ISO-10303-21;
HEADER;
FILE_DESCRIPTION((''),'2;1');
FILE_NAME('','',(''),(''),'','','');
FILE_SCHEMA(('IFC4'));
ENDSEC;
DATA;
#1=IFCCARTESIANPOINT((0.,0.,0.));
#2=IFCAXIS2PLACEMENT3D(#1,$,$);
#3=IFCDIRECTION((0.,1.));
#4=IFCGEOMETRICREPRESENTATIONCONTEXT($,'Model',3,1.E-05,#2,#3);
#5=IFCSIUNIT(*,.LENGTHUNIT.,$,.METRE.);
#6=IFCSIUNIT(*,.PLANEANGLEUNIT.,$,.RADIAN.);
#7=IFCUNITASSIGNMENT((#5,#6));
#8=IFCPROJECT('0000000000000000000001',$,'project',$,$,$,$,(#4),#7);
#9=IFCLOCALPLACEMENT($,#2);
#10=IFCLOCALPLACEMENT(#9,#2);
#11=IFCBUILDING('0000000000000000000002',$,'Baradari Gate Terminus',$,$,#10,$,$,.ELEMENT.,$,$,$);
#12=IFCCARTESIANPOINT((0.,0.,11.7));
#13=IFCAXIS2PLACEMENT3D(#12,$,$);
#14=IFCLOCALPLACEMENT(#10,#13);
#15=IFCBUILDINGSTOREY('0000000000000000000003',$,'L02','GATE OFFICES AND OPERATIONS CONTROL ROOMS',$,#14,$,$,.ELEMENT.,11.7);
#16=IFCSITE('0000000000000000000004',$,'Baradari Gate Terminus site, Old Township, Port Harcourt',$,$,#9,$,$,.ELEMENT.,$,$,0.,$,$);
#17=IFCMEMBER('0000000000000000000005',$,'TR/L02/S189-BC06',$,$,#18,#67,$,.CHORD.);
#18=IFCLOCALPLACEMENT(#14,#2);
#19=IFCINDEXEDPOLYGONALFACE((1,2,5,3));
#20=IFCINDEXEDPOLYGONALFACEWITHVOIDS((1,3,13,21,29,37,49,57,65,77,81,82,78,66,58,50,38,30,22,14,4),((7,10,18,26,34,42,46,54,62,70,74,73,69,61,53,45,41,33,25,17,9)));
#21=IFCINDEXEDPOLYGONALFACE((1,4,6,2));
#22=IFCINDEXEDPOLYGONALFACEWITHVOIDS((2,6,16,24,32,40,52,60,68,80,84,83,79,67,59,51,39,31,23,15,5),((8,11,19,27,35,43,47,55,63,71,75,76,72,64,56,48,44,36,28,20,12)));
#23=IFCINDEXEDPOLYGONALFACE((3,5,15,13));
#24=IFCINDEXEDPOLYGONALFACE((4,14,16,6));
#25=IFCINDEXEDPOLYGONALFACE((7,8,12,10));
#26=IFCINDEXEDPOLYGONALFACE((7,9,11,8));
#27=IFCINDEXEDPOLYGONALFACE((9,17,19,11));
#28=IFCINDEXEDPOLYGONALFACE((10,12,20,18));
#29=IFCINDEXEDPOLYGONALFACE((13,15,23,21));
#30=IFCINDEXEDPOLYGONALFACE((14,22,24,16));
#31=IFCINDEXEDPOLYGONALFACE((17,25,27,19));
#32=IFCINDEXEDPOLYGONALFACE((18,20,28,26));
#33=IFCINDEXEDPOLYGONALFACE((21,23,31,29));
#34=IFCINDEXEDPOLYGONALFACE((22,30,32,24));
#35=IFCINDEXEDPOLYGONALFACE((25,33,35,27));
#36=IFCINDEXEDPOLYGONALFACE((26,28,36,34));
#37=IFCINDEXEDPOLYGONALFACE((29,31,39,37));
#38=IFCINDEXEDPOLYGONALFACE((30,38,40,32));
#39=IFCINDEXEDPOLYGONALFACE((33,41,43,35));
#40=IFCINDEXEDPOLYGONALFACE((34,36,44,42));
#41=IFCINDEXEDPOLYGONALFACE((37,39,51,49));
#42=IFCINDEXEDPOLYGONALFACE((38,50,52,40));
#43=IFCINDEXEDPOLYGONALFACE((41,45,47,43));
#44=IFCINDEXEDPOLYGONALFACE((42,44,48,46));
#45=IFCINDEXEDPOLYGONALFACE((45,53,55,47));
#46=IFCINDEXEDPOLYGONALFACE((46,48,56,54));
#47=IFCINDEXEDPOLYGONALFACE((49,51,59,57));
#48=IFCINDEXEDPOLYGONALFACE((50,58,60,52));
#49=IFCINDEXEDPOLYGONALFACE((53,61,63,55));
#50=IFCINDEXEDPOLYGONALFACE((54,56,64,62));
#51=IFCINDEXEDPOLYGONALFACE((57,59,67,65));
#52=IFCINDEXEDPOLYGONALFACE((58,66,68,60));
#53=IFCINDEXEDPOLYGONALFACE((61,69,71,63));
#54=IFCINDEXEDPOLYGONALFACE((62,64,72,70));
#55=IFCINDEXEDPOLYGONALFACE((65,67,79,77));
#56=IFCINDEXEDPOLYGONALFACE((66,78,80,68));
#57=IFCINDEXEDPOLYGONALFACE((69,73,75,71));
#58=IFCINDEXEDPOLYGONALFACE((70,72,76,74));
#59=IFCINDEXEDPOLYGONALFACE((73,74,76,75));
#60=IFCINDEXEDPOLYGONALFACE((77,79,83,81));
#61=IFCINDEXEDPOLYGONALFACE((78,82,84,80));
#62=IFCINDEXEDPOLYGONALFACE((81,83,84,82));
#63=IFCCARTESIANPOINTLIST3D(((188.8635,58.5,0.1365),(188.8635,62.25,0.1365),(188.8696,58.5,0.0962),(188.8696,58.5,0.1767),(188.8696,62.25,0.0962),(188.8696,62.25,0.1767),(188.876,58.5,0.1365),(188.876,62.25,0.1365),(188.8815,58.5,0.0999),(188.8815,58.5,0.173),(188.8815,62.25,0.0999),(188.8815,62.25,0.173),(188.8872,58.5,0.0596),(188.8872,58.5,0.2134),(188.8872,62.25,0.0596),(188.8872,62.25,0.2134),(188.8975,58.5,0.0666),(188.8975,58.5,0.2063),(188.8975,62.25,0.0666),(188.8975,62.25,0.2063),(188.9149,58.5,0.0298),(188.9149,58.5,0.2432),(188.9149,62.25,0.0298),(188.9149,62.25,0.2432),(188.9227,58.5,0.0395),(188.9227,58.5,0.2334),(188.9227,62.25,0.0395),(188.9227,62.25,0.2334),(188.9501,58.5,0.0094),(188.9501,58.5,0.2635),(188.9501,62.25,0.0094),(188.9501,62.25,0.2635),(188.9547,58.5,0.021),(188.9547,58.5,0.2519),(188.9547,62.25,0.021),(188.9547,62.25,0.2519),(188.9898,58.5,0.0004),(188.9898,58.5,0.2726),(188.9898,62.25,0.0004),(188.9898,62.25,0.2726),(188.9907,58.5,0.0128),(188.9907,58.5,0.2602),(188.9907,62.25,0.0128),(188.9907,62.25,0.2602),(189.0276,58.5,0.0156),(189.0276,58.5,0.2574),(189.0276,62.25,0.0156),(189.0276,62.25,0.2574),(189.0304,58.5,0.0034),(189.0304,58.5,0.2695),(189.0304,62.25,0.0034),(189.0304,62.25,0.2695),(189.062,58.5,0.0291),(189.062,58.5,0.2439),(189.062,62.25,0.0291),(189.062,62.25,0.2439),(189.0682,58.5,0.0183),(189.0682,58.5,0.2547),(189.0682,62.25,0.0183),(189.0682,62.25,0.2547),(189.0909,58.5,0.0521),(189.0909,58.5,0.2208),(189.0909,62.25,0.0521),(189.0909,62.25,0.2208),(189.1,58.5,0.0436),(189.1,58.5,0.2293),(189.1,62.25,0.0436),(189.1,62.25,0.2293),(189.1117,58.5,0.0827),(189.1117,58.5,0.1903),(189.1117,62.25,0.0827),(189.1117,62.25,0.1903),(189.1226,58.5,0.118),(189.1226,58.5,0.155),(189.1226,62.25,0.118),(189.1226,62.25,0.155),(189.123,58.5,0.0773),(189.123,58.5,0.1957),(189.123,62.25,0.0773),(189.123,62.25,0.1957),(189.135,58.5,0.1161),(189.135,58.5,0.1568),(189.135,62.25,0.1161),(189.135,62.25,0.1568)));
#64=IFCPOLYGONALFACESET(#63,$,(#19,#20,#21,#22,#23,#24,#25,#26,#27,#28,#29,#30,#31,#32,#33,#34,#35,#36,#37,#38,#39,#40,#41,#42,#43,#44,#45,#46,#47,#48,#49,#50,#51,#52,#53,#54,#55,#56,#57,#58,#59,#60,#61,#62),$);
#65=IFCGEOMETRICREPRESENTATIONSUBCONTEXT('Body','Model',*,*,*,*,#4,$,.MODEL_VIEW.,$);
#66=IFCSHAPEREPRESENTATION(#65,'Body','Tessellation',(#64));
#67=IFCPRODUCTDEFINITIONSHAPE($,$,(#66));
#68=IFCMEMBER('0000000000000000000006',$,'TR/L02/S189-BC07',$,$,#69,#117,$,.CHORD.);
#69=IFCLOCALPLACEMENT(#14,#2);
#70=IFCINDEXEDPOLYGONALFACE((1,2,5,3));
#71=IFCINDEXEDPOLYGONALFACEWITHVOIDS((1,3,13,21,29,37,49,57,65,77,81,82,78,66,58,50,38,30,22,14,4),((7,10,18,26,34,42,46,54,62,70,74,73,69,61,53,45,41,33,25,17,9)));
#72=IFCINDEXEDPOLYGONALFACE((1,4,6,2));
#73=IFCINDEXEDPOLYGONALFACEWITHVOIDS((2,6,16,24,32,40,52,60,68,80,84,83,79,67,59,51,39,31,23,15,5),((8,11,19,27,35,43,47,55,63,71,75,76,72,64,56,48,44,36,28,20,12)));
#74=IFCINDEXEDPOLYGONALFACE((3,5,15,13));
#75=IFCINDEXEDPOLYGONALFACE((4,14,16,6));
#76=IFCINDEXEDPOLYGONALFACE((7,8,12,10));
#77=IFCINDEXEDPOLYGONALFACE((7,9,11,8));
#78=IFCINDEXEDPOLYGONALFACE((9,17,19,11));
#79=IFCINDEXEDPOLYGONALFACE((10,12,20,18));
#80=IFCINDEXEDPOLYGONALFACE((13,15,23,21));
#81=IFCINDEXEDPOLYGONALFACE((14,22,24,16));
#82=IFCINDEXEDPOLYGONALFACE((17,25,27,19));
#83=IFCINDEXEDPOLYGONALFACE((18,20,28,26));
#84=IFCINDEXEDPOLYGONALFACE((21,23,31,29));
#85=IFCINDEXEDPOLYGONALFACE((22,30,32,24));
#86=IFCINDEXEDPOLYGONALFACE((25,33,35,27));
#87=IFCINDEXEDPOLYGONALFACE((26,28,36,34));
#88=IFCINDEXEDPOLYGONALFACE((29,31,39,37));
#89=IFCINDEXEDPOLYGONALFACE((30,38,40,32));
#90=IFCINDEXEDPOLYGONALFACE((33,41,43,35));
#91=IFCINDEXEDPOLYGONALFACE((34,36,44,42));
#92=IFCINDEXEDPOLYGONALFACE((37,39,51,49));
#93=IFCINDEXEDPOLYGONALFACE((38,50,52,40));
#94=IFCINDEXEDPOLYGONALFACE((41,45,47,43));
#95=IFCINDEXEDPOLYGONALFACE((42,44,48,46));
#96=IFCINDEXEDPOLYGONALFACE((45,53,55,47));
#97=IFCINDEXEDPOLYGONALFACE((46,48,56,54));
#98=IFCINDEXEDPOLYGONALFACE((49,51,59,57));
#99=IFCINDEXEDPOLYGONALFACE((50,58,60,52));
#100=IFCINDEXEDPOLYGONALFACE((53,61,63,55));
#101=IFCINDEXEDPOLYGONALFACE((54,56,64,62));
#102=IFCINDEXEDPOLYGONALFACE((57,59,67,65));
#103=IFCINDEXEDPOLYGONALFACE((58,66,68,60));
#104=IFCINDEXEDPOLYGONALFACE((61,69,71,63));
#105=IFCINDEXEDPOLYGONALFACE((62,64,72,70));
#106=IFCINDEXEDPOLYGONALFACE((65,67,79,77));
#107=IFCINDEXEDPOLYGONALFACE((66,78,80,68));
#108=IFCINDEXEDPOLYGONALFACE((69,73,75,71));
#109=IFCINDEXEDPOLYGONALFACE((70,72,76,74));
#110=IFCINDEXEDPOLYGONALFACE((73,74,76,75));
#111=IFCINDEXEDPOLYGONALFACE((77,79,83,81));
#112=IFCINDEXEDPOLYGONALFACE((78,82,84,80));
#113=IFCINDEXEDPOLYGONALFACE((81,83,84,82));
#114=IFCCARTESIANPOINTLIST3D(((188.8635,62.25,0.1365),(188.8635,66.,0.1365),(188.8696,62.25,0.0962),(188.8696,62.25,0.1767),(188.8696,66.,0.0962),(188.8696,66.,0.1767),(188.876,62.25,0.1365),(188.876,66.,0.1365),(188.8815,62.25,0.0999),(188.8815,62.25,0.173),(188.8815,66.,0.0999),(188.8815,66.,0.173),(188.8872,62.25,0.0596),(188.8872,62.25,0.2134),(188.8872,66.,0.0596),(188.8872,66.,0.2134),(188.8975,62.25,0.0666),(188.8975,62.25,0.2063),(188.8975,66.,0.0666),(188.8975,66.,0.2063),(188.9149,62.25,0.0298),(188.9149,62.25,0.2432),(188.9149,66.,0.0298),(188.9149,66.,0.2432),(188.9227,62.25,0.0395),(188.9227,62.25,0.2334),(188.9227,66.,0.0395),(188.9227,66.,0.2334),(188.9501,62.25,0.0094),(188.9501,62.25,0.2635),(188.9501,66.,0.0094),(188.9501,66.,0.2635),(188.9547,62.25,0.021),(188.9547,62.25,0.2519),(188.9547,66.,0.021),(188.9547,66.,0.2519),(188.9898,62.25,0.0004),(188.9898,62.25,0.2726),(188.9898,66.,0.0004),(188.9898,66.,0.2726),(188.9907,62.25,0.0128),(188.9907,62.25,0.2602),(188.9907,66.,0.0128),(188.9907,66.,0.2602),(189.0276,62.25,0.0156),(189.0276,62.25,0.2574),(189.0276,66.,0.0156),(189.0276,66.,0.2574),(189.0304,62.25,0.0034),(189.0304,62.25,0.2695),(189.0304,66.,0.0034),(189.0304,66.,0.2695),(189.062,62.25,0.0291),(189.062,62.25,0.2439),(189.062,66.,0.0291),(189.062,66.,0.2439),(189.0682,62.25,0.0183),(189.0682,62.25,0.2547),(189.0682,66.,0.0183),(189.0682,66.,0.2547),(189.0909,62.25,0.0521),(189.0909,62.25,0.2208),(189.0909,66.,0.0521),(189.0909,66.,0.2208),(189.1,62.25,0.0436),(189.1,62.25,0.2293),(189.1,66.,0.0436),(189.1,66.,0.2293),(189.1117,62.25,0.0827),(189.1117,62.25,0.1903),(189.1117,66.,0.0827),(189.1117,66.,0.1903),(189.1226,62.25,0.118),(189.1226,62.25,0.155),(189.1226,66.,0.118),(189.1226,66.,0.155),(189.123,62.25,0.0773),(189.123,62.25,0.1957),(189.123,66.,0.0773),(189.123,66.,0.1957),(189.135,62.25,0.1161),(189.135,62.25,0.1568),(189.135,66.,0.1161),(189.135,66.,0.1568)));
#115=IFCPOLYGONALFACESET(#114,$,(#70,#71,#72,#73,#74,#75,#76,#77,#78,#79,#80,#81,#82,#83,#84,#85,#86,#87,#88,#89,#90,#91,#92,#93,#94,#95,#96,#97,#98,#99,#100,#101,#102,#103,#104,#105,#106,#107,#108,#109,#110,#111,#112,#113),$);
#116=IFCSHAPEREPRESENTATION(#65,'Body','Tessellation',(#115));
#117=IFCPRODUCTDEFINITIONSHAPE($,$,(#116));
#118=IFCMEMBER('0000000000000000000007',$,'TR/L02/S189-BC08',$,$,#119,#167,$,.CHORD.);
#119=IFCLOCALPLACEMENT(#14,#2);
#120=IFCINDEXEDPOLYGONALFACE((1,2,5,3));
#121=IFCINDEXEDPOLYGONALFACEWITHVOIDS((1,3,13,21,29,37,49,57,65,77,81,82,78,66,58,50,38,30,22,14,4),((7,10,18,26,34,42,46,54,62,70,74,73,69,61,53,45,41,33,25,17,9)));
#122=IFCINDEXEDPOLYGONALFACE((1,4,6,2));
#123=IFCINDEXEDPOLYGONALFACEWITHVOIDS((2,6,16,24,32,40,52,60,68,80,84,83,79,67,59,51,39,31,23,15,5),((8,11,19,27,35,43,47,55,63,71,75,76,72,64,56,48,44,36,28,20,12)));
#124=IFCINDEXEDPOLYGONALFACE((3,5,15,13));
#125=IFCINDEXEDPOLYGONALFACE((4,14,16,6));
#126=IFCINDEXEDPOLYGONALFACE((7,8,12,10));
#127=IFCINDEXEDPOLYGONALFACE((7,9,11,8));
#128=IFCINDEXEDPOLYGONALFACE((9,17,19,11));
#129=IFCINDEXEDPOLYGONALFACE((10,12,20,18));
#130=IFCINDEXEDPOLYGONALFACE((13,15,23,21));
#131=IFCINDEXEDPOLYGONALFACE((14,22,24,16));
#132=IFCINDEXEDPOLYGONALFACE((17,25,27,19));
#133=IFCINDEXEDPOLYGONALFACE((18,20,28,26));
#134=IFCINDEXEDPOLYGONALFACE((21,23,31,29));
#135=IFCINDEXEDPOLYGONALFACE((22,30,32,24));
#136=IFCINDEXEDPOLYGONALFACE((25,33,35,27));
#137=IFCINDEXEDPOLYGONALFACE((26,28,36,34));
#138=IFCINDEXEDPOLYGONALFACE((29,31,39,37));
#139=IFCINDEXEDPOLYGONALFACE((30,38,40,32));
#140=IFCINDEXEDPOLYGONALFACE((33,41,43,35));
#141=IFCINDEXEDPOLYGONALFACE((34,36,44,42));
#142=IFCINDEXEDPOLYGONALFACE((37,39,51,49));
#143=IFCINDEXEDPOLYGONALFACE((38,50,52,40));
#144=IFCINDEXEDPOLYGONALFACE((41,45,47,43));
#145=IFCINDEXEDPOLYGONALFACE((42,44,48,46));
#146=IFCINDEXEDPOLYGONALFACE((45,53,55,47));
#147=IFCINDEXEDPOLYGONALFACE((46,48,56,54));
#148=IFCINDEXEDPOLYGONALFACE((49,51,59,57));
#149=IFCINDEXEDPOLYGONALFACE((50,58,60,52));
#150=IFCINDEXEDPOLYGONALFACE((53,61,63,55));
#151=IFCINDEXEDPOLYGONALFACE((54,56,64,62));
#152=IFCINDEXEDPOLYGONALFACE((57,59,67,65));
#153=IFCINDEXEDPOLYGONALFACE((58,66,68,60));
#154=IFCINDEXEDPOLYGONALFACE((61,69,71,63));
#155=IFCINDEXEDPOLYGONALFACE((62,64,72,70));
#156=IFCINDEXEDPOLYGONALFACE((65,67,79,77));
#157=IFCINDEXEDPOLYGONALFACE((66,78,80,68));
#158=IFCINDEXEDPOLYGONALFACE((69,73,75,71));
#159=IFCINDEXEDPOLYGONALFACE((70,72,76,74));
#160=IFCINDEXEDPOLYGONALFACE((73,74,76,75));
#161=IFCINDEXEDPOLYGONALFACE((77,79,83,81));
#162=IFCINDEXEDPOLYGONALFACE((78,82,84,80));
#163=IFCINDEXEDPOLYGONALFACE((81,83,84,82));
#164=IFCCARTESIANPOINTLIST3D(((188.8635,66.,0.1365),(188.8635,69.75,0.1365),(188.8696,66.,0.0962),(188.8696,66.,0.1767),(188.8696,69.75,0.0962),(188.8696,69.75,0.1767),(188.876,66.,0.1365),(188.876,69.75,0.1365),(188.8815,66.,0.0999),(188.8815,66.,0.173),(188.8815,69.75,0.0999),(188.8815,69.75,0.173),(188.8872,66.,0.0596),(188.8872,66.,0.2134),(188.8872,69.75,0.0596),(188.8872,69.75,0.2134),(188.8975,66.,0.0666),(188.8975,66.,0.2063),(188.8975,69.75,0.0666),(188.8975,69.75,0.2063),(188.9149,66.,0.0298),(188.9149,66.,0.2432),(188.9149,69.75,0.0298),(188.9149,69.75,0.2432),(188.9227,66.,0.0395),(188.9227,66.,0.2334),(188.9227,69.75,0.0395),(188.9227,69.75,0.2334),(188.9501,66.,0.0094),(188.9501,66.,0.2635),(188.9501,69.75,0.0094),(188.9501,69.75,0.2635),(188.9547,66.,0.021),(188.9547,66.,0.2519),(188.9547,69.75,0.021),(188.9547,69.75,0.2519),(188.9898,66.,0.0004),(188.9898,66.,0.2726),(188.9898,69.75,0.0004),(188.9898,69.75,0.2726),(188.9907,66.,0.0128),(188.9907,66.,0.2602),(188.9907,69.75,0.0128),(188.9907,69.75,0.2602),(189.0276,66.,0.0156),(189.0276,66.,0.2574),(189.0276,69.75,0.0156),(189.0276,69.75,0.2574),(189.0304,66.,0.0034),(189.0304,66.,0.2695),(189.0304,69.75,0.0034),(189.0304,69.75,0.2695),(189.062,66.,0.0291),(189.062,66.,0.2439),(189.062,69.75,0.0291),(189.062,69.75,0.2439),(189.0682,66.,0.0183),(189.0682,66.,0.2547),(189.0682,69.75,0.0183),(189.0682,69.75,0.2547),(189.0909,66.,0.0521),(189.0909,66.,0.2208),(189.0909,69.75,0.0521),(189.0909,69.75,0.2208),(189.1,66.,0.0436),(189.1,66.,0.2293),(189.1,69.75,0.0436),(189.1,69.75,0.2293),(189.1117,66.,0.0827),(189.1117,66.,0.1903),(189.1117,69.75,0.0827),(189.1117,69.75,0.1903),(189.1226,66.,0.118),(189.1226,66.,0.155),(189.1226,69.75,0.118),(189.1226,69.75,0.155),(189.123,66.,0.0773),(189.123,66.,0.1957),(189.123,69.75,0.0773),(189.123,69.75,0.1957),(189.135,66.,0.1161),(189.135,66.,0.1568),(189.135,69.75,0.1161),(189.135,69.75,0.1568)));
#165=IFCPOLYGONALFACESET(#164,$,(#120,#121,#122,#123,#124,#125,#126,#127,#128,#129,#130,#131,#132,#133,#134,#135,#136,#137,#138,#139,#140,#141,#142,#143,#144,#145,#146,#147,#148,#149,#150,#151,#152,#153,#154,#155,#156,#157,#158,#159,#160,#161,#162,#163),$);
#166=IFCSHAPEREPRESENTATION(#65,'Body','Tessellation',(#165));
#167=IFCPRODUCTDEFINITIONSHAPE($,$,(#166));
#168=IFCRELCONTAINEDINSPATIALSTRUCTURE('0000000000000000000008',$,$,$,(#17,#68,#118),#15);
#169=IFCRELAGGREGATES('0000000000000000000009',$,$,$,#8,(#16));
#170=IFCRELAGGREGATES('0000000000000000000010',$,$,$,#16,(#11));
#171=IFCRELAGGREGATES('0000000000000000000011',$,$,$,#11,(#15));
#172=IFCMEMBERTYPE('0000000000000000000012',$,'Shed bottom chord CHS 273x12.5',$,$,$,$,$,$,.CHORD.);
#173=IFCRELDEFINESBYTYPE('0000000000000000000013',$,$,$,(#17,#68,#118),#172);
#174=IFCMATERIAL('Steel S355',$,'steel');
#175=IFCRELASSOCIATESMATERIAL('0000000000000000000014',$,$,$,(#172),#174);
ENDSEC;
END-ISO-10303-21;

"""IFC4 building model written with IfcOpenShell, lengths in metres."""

from ifc_helpers import new_model, si_unit, direction, frame, origin, origin_2d, place, context, subcontext, project, spatial, hollow_circle, extrude, material, material_profile, profile_set, type_object, element, save


model = new_model("IFC4")

# Units and contexts
model_context = context("Model", 3, precision=1e-05, world=origin(), true_north=direction((0.0, 1.0)))
body_context = subcontext(model_context, "Body", "Model", "MODEL_VIEW")
ifc_project = project(units=[si_unit("LENGTHUNIT", "METRE"), si_unit("PLANEANGLEUNIT", "RADIAN")], contexts=[model_context])

# Site, building, storey
site_placement = place(None, origin())
site = spatial("IfcSite", under=ifc_project, at=site_placement, Name="Baradari Gate Terminus site, Old Township, Port Harcourt", CompositionType="ELEMENT", RefElevation=0.0)
building_placement = place(site_placement, origin())
building = spatial("IfcBuilding", under=site, at=building_placement, Name="Baradari Gate Terminus", CompositionType="ELEMENT")
storey_placement = place(building_placement, frame((0.0, 0.0, 11.7)))
storey = spatial("IfcBuildingStorey", under=building, at=storey_placement, Name="L02", Description="GATE OFFICES AND OPERATIONS CONTROL ROOMS", CompositionType="ELEMENT", Elevation=11.7)

# Members
ifc_material_1 = material(Name="Steel S355", Category="steel")
ifc_material_profile_1 = material_profile(ifc_material_1, hollow_circle(Radius=0.1365, WallThickness=0.0125, at=origin_2d()), Name="CHS 273x12.5")
ifc_profile_set_1 = profile_set([ifc_material_profile_1], Name="Steel S355")
member_type_1 = type_object("IfcMemberType", Name="Shed bottom chord CHS 273x12.5", PredefinedType="CHORD", material=ifc_profile_set_1)
for number, where, z_axis, x_axis, name in (
    (1, (189.0, 58.5, 0.1365), (0.0, 1.0, 0.0), (-1.0, 0.0, 0.0), "TR/L02/S189-BC06"),
    (2, (189.0, 62.25, 0.1365), (0.0, 1.0, 0.0), (-1.0, 0.0, 0.0), "TR/L02/S189-BC07"),
    (3, (189.0, 66.0, 0.1365), (0.0, 1.0, 0.0), (-1.0, 0.0, 0.0), "TR/L02/S189-BC08"),
):
    element("IfcMember", number, at=place(storey_placement, frame(where, z_axis=z_axis, x_axis=x_axis)), inside=storey, type_object=member_type_1, Name=name, PredefinedType="CHORD", context=body_context, shape_type="SweptSolid", body=[
        extrude(hollow_circle(Radius=0.1365, WallThickness=0.0125, at=origin_2d()), origin(), (0.0, 0.0, 1.0), 3.75),
    ])

save(model, "model.ifc")
